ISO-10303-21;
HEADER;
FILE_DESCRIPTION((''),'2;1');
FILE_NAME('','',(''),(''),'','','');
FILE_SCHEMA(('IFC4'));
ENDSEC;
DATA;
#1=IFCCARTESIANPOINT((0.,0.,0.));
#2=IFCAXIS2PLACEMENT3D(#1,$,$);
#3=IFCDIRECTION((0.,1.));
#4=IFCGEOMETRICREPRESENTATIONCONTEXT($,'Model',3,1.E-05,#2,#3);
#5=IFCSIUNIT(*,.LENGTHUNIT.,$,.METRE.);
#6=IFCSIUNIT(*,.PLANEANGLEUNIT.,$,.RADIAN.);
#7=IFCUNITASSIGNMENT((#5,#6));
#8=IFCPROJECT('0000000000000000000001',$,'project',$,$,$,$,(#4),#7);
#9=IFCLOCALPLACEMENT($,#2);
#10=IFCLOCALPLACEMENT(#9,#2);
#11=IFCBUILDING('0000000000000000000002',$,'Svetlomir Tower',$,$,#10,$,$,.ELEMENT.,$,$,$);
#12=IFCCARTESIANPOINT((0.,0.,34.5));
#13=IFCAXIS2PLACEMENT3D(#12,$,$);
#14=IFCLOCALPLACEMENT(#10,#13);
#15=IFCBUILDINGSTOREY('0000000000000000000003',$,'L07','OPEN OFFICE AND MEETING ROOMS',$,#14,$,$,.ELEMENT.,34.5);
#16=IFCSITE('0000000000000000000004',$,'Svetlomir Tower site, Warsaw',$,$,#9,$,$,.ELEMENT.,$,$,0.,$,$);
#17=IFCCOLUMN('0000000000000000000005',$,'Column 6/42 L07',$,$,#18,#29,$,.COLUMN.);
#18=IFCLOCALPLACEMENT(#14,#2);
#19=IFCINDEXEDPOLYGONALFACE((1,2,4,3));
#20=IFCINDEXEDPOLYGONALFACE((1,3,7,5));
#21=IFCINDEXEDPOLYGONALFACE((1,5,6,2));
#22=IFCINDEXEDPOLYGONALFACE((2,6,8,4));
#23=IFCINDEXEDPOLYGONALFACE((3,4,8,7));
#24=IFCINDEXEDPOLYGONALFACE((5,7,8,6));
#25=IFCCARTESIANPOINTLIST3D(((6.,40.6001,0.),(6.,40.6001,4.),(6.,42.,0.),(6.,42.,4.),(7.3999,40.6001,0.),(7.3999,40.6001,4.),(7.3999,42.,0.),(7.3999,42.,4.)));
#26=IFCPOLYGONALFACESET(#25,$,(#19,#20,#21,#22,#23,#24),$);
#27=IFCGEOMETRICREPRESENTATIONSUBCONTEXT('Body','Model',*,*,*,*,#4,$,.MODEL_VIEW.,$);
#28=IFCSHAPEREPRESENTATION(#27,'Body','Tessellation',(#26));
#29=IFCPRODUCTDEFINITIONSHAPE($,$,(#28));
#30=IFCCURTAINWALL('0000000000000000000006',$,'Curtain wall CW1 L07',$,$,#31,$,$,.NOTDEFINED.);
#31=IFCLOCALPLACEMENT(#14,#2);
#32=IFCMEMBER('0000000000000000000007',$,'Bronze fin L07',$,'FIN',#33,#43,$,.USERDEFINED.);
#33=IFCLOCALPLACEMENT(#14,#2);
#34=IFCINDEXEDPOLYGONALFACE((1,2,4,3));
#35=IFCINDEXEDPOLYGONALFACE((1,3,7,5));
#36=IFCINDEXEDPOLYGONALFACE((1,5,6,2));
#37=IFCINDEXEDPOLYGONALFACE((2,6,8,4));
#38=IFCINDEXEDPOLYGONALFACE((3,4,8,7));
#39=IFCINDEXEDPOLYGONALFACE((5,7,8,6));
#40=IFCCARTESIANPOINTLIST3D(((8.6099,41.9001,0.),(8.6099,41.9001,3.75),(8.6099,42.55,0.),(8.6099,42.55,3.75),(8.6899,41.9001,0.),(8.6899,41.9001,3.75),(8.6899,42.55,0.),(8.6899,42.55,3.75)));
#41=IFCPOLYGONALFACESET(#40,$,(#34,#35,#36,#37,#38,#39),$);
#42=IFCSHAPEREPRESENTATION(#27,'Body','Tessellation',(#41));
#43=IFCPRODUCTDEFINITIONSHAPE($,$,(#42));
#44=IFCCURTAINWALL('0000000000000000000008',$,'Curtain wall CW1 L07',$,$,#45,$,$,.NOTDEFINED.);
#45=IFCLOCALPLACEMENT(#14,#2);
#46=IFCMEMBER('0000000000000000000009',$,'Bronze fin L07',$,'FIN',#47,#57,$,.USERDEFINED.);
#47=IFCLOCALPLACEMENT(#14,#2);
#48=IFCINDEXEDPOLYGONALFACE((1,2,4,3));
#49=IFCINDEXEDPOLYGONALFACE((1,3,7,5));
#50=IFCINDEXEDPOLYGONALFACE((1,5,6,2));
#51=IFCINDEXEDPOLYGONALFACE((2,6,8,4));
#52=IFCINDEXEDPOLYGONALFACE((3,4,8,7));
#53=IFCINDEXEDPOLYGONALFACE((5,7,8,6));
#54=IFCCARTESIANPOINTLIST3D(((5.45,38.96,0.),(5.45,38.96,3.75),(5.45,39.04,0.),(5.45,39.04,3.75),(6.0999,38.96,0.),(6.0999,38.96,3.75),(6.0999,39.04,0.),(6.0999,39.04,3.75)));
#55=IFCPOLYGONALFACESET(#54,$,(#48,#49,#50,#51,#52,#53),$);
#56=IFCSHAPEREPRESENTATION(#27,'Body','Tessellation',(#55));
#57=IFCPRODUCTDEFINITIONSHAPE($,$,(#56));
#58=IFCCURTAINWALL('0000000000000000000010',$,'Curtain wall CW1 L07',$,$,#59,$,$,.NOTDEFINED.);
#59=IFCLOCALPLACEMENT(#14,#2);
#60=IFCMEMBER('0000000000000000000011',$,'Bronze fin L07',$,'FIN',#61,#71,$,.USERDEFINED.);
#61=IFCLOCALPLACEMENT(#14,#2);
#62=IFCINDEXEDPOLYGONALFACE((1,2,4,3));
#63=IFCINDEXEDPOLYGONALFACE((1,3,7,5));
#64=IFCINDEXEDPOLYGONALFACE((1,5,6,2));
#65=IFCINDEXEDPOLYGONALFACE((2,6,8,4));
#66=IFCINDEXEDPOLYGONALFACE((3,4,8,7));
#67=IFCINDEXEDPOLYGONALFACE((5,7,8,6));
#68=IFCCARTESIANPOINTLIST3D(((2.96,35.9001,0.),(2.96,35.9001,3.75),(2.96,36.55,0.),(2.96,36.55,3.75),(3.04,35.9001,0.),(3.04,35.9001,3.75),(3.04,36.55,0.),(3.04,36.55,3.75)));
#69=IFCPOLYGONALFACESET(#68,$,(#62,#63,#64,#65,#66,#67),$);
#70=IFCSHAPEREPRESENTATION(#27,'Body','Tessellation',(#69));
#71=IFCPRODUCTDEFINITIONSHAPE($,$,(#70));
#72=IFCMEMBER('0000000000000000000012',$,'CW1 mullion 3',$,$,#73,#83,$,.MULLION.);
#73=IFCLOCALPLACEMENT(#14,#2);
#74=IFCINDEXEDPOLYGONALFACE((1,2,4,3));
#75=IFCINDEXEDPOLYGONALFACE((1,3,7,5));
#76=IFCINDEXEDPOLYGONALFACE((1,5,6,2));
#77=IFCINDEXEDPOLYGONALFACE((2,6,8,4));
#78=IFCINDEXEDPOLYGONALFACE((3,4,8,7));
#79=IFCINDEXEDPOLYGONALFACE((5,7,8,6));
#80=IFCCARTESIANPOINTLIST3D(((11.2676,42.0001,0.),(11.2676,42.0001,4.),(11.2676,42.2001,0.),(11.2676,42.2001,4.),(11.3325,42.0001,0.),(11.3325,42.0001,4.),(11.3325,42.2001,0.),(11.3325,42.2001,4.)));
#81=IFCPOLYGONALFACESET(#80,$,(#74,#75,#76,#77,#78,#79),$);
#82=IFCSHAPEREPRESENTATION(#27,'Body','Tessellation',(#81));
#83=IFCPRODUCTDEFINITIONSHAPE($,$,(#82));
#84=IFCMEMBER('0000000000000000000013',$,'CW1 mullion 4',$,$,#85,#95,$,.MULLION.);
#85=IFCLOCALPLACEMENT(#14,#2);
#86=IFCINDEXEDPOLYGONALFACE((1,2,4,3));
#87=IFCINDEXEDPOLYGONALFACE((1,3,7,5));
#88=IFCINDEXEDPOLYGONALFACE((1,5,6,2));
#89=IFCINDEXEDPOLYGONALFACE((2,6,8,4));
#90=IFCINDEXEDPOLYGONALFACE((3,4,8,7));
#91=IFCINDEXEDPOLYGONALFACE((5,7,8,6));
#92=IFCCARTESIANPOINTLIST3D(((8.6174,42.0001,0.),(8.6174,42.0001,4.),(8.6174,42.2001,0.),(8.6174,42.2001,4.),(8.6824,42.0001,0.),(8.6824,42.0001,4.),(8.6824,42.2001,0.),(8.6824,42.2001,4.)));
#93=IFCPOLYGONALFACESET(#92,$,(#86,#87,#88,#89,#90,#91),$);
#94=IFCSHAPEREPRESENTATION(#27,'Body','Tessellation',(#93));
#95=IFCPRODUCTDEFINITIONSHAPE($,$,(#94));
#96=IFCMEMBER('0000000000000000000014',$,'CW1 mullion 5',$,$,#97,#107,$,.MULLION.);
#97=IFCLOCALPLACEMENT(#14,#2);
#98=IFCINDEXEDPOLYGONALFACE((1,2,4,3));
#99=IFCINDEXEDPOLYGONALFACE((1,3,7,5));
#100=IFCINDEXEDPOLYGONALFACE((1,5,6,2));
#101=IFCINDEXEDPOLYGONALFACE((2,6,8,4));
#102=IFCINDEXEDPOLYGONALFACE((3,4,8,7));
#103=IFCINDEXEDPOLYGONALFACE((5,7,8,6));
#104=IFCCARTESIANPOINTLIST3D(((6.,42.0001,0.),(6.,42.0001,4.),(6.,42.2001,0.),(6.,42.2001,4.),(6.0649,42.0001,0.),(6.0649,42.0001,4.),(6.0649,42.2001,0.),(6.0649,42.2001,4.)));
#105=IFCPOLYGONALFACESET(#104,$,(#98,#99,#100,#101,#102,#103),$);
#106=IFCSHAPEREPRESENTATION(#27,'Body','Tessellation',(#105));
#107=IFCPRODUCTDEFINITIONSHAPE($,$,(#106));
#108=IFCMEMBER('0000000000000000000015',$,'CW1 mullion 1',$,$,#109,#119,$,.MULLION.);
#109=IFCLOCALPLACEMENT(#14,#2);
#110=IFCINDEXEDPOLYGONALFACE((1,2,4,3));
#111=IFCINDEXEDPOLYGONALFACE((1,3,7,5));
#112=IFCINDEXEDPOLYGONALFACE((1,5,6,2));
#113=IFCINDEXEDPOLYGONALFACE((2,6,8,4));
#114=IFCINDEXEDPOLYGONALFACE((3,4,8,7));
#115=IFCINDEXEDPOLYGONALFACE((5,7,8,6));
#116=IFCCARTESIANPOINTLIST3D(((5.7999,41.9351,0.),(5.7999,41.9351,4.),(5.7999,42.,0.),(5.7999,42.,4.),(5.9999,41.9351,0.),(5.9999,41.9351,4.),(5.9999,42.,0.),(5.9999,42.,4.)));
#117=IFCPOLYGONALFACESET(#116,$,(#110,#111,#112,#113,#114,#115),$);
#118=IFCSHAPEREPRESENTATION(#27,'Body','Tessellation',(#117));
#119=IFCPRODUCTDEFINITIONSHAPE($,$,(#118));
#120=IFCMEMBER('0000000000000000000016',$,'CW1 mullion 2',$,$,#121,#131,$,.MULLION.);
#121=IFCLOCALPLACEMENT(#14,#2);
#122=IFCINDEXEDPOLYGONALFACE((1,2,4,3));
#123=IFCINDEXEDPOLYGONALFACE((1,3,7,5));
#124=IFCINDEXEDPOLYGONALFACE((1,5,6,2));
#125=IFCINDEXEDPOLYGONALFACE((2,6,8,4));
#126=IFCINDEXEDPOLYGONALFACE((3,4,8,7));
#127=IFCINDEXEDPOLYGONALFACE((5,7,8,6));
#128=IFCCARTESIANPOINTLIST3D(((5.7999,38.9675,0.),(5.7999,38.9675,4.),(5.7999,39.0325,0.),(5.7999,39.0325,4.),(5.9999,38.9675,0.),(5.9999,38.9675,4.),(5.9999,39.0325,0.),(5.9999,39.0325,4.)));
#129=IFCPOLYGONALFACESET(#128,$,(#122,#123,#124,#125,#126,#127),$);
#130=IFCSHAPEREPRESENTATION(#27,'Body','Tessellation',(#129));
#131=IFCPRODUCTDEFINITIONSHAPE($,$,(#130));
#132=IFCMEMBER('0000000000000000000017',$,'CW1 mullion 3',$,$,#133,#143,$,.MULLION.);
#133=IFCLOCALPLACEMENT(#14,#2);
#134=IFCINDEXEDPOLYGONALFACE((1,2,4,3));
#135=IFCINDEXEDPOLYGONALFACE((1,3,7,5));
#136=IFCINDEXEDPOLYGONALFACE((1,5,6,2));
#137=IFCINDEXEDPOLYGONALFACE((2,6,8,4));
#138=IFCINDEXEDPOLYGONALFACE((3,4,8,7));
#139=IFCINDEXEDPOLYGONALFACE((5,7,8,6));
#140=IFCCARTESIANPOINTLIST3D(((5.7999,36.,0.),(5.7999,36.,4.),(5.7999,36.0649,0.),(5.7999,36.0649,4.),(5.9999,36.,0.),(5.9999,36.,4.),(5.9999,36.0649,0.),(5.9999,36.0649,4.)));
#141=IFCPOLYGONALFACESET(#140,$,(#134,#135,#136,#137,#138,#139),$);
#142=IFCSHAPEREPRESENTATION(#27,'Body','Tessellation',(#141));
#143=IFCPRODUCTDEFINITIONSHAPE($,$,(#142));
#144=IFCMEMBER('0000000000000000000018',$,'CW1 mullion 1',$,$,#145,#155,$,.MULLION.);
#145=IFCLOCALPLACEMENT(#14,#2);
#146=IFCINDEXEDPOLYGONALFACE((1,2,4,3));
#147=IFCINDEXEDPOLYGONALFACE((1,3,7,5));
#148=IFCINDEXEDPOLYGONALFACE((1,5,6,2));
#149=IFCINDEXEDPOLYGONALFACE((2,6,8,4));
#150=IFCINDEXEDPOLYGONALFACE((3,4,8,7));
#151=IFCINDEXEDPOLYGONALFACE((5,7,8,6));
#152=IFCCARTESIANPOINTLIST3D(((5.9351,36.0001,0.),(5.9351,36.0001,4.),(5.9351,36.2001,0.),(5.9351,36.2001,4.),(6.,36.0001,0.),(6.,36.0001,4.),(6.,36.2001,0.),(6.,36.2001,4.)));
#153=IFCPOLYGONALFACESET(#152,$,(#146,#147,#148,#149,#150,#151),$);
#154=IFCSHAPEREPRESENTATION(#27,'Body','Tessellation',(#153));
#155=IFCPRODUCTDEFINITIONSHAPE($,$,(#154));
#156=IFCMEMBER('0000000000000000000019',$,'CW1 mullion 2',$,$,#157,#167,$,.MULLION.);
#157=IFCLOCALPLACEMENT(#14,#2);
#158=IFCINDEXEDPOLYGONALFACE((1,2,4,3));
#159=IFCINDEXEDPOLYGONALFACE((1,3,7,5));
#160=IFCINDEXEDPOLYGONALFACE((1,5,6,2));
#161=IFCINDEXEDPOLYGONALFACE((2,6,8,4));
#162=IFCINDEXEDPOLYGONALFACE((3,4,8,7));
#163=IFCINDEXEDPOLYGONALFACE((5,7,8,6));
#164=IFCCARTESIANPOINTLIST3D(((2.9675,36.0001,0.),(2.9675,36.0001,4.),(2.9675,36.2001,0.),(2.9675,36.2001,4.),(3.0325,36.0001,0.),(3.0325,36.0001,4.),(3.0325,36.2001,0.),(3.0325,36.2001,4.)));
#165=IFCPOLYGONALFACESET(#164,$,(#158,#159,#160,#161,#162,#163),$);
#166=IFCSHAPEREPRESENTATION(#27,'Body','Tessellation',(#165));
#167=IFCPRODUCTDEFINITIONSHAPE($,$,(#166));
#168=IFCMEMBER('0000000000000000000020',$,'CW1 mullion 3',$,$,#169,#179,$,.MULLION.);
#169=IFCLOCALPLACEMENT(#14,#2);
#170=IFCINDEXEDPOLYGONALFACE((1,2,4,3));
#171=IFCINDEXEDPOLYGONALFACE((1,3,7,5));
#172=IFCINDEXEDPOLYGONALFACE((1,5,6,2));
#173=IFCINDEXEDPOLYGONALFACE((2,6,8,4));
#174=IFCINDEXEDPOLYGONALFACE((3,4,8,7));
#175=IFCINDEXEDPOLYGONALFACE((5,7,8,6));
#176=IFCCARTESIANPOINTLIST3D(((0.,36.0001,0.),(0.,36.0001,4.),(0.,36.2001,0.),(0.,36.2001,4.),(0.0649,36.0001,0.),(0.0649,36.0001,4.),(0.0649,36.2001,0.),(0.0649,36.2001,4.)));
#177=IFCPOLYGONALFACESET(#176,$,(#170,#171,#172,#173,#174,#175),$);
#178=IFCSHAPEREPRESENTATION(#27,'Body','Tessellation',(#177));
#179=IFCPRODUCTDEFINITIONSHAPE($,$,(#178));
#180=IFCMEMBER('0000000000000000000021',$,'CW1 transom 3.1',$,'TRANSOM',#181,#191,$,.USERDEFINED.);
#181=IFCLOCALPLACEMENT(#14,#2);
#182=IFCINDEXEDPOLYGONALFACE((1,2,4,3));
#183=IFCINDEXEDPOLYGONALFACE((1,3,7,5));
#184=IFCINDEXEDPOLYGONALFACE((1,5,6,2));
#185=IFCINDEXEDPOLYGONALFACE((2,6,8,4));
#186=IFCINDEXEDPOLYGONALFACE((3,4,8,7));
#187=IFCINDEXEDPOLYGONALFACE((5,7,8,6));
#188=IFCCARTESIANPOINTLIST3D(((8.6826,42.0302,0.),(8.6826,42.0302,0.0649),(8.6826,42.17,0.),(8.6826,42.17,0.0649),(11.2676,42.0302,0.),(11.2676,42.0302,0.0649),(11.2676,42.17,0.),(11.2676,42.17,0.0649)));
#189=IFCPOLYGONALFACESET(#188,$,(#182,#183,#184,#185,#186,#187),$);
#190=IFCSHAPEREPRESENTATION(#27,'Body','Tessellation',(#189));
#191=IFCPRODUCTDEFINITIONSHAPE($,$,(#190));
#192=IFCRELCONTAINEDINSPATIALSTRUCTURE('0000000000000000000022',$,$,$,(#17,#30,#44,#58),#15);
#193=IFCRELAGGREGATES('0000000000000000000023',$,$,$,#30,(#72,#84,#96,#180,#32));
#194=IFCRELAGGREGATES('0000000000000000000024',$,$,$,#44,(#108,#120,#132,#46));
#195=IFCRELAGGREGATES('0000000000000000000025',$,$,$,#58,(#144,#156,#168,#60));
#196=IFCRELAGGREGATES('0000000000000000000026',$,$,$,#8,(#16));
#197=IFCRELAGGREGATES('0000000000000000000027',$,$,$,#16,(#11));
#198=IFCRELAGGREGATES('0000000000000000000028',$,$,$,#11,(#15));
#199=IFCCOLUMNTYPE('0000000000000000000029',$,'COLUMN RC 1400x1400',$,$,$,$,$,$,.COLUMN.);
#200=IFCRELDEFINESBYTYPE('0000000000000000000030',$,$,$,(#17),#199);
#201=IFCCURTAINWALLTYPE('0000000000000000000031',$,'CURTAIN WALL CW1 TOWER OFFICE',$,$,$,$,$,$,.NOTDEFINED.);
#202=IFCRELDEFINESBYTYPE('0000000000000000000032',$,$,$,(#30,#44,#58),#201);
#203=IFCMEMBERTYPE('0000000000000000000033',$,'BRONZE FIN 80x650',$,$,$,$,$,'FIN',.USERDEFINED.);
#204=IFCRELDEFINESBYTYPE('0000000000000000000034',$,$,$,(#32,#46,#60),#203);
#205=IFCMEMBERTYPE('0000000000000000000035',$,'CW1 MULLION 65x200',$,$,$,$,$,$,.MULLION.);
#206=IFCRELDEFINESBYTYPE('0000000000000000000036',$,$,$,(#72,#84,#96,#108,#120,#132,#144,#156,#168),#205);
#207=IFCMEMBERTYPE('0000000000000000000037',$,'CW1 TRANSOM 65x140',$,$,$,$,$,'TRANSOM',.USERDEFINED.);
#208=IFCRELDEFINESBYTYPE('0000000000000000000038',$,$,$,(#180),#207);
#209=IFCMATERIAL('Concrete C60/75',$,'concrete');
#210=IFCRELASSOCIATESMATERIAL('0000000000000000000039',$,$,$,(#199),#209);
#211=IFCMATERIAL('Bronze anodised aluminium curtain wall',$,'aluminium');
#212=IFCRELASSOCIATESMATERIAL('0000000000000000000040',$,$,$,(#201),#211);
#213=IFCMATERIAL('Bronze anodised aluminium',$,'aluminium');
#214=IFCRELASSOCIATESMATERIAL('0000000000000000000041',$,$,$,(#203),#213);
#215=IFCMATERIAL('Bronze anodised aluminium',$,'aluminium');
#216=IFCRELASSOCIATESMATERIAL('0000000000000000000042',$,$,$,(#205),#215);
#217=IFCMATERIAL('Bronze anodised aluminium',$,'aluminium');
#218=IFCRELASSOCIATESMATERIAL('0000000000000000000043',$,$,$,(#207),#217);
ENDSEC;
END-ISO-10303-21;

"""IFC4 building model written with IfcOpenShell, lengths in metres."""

from ifc_helpers import new_model, si_unit, direction, frame, origin, origin_2d, place, context, subcontext, project, spatial, rectangle, extrude, material, material_profile, profile_set, type_object, element, aggregate, save


model = new_model("IFC4")

# Units and contexts
model_context = context("Model", 3, precision=1e-05, world=origin(), true_north=direction((0.0, 1.0)))
body_context = subcontext(model_context, "Body", "Model", "MODEL_VIEW")
ifc_project = project(units=[si_unit("LENGTHUNIT", "METRE"), si_unit("PLANEANGLEUNIT", "RADIAN")], contexts=[model_context])

# Site, building, storey
site_placement = place(None, origin())
site = spatial("IfcSite", under=ifc_project, at=site_placement, Name="Svetlomir Tower site, Warsaw", CompositionType="ELEMENT", RefElevation=0.0)
building_placement = place(site_placement, origin())
building = spatial("IfcBuilding", under=site, at=building_placement, Name="Svetlomir Tower", CompositionType="ELEMENT")
storey_placement = place(building_placement, frame((0.0, 0.0, 34.5)))
storey = spatial("IfcBuildingStorey", under=building, at=storey_placement, Name="L07", Description="OPEN OFFICE AND MEETING ROOMS", CompositionType="ELEMENT", Elevation=34.5)

# Column
ifc_material_1 = material(Name="Concrete C60/75", Category="concrete")
ifc_material_profile_1 = material_profile(ifc_material_1, rectangle(XDim=1.3999, YDim=1.3999, at=origin_2d()), Name="RC 1400x1400")
ifc_profile_set_1 = profile_set([ifc_material_profile_1], Name="Concrete C60/75")
column_type = type_object("IfcColumnType", Name="COLUMN RC 1400x1400", PredefinedType="COLUMN", material=ifc_profile_set_1)
column_placement = place(storey_placement, frame((6.7, 41.3, 0.0), z_axis=(0.0, 0.0, 1.0), x_axis=(1.0, 0.0, 0.0)))
element("IfcColumn", 1, at=column_placement, inside=storey, type_object=column_type, Name="Column 6/42 L07", PredefinedType="COLUMN", context=body_context, shape_type="SweptSolid", body=[
    extrude(rectangle(XDim=1.3999, YDim=1.3999, at=origin_2d()), origin(), (0.0, 0.0, 1.0), 4.0),
])

# Curtain walls, members
ifc_material_2 = material(Name="Bronze anodised aluminium curtain wall", Category="aluminium")
curtain_wall_type = type_object("IfcCurtainWallType", Name="CURTAIN WALL CW1 TOWER OFFICE", PredefinedType="NOTDEFINED", material=ifc_material_2)
curtain_wall_1_placement = place(storey_placement, origin())
curtain_wall_1 = element("IfcCurtainWall", 2, at=curtain_wall_1_placement, inside=storey, type_object=curtain_wall_type, Name="Curtain wall CW1 L07", PredefinedType="NOTDEFINED")
ifc_material_3 = material(Name="Bronze anodised aluminium", Category="aluminium")
ifc_material_profile_2 = material_profile(ifc_material_3, rectangle(XDim=0.0801, YDim=0.6499, at=origin_2d()), Name="FIN 80x650")
ifc_profile_set_2 = profile_set([ifc_material_profile_2], Name="Bronze anodised aluminium 6063-T6")
member_type_1 = type_object("IfcMemberType", Name="BRONZE FIN 80x650", ElementType="FIN", PredefinedType="USERDEFINED", material=ifc_profile_set_2)
member_1_placement = place(storey_placement, frame((8.6499, 42.2251, 0.0), z_axis=(0.0, 0.0, 1.0), x_axis=(1.0, 0.0, 0.0)))
member_1 = element("IfcMember", 3, at=member_1_placement, type_object=member_type_1, Name="Bronze fin L07", ObjectType="FIN", PredefinedType="USERDEFINED", context=body_context, shape_type="SweptSolid", body=[
    extrude(rectangle(XDim=0.0801, YDim=0.6499, at=origin_2d()), origin(), (0.0, 0.0, 1.0), 3.75),
])
curtain_wall_2_placement = place(storey_placement, origin())
curtain_wall_2 = element("IfcCurtainWall", 4, at=curtain_wall_2_placement, inside=storey, type_object=curtain_wall_type, Name="Curtain wall CW1 L07", PredefinedType="NOTDEFINED")
member_2_placement = place(storey_placement, frame((5.7749, 39.0, 0.0), z_axis=(0.0, 0.0, 1.0), x_axis=(0.0, 1.0, 0.0)))
member_2 = element("IfcMember", 5, at=member_2_placement, type_object=member_type_1, Name="Bronze fin L07", ObjectType="FIN", PredefinedType="USERDEFINED", context=body_context, shape_type="SweptSolid", body=[
    extrude(rectangle(XDim=0.0801, YDim=0.6499, at=origin_2d()), origin(), (0.0, 0.0, 1.0), 3.75),
])
curtain_wall_3_placement = place(storey_placement, origin())
curtain_wall_3 = element("IfcCurtainWall", 6, at=curtain_wall_3_placement, inside=storey, type_object=curtain_wall_type, Name="Curtain wall CW1 L07", PredefinedType="NOTDEFINED")
member_3_placement = place(storey_placement, frame((3.0, 36.2251, 0.0), z_axis=(0.0, 0.0, 1.0), x_axis=(1.0, 0.0, 0.0)))
member_3 = element("IfcMember", 7, at=member_3_placement, type_object=member_type_1, Name="Bronze fin L07", ObjectType="FIN", PredefinedType="USERDEFINED", context=body_context, shape_type="SweptSolid", body=[
    extrude(rectangle(XDim=0.0801, YDim=0.6499, at=origin_2d()), origin(), (0.0, 0.0, 1.0), 3.75),
])

# Members
ifc_material_4 = material(Name="Bronze anodised aluminium", Category="aluminium")
ifc_material_profile_3 = material_profile(ifc_material_4, rectangle(XDim=0.0649, YDim=0.2, at=origin_2d()), Name="AL 65x200")
ifc_profile_set_3 = profile_set([ifc_material_profile_3], Name="Bronze anodised aluminium 6063-T6")
member_type_2 = type_object("IfcMemberType", Name="CW1 MULLION 65x200", PredefinedType="MULLION", material=ifc_profile_set_3)
member_4_placement = place(storey_placement, frame((11.3, 42.1001, 0.0), z_axis=(0.0, 0.0, 1.0), x_axis=(-1.0, 0.0, 0.0)))
member_4 = element("IfcMember", 8, at=member_4_placement, type_object=member_type_2, Name="CW1 mullion 3", PredefinedType="MULLION", context=body_context, shape_type="SweptSolid", body=[
    extrude(rectangle(XDim=0.0649, YDim=0.2, at=origin_2d()), origin(), (0.0, 0.0, 1.0), 4.0),
])
member_5_placement = place(storey_placement, frame((8.6499, 42.1001, 0.0), z_axis=(0.0, 0.0, 1.0), x_axis=(-1.0, 0.0, 0.0)))
member_5 = element("IfcMember", 9, at=member_5_placement, type_object=member_type_2, Name="CW1 mullion 4", PredefinedType="MULLION", context=body_context, shape_type="SweptSolid", body=[
    extrude(rectangle(XDim=0.0649, YDim=0.2, at=origin_2d()), origin(), (0.0, 0.0, 1.0), 4.0),
])
member_6_placement = place(storey_placement, frame((6.0325, 42.1001, 0.0), z_axis=(0.0, 0.0, 1.0), x_axis=(-1.0, 0.0, 0.0)))
member_6 = element("IfcMember", 10, at=member_6_placement, type_object=member_type_2, Name="CW1 mullion 5", PredefinedType="MULLION", context=body_context, shape_type="SweptSolid", body=[
    extrude(rectangle(XDim=0.0649, YDim=0.2, at=origin_2d()), origin(), (0.0, 0.0, 1.0), 4.0),
])
member_7_placement = place(storey_placement, frame((5.8999, 41.9675, 0.0), z_axis=(0.0, 0.0, 1.0), x_axis=(0.0, -1.0, 0.0)))
member_7 = element("IfcMember", 11, at=member_7_placement, type_object=member_type_2, Name="CW1 mullion 1", PredefinedType="MULLION", context=body_context, shape_type="SweptSolid", body=[
    extrude(rectangle(XDim=0.0649, YDim=0.2, at=origin_2d()), origin(), (0.0, 0.0, 1.0), 4.0),
])
member_8_placement = place(storey_placement, frame((5.8999, 39.0, 0.0), z_axis=(0.0, 0.0, 1.0), x_axis=(0.0, -1.0, 0.0)))
member_8 = element("IfcMember", 12, at=member_8_placement, type_object=member_type_2, Name="CW1 mullion 2", PredefinedType="MULLION", context=body_context, shape_type="SweptSolid", body=[
    extrude(rectangle(XDim=0.0649, YDim=0.2, at=origin_2d()), origin(), (0.0, 0.0, 1.0), 4.0),
])
member_9_placement = place(storey_placement, frame((5.8999, 36.0325, 0.0), z_axis=(0.0, 0.0, 1.0), x_axis=(0.0, -1.0, 0.0)))
member_9 = element("IfcMember", 13, at=member_9_placement, type_object=member_type_2, Name="CW1 mullion 3", PredefinedType="MULLION", context=body_context, shape_type="SweptSolid", body=[
    extrude(rectangle(XDim=0.0649, YDim=0.2, at=origin_2d()), origin(), (0.0, 0.0, 1.0), 4.0),
])
member_10_placement = place(storey_placement, frame((5.9675, 36.1001, 0.0), z_axis=(0.0, 0.0, 1.0), x_axis=(-1.0, 0.0, 0.0)))
member_10 = element("IfcMember", 14, at=member_10_placement, type_object=member_type_2, Name="CW1 mullion 1", PredefinedType="MULLION", context=body_context, shape_type="SweptSolid", body=[
    extrude(rectangle(XDim=0.0649, YDim=0.2, at=origin_2d()), origin(), (0.0, 0.0, 1.0), 4.0),
])
member_11_placement = place(storey_placement, frame((3.0, 36.1001, 0.0), z_axis=(0.0, 0.0, 1.0), x_axis=(-1.0, 0.0, 0.0)))
member_11 = element("IfcMember", 15, at=member_11_placement, type_object=member_type_2, Name="CW1 mullion 2", PredefinedType="MULLION", context=body_context, shape_type="SweptSolid", body=[
    extrude(rectangle(XDim=0.0649, YDim=0.2, at=origin_2d()), origin(), (0.0, 0.0, 1.0), 4.0),
])
member_12_placement = place(storey_placement, frame((0.0325, 36.1001, 0.0), z_axis=(0.0, 0.0, 1.0), x_axis=(-1.0, 0.0, 0.0)))
member_12 = element("IfcMember", 16, at=member_12_placement, type_object=member_type_2, Name="CW1 mullion 3", PredefinedType="MULLION", context=body_context, shape_type="SweptSolid", body=[
    extrude(rectangle(XDim=0.0649, YDim=0.2, at=origin_2d()), origin(), (0.0, 0.0, 1.0), 4.0),
])
ifc_material_5 = material(Name="Bronze anodised aluminium", Category="aluminium")
ifc_material_profile_4 = material_profile(ifc_material_5, rectangle(XDim=0.1399, YDim=0.0649, at=origin_2d()), Name="AL 140x65")
ifc_profile_set_4 = profile_set([ifc_material_profile_4], Name="Bronze anodised aluminium 6063-T6")
member_type_3 = type_object("IfcMemberType", Name="CW1 TRANSOM 65x140", ElementType="TRANSOM", PredefinedType="USERDEFINED", material=ifc_profile_set_4)
member_13_placement = place(storey_placement, frame((11.2676, 42.1001, 0.0325), z_axis=(-1.0, 0.0, 0.0), x_axis=(0.0, -1.0, 0.0)))
member_13 = element("IfcMember", 17, at=member_13_placement, type_object=member_type_3, Name="CW1 transom 3.1", ObjectType="TRANSOM", PredefinedType="USERDEFINED", context=body_context, shape_type="SweptSolid", body=[
    extrude(rectangle(XDim=0.1399, YDim=0.0649, at=origin_2d()), origin(), (0.0, 0.0, 1.0), 2.585),
])

aggregate(curtain_wall_1, [member_4, member_5, member_6, member_13, member_1])
aggregate(curtain_wall_2, [member_7, member_8, member_9, member_2])
aggregate(curtain_wall_3, [member_10, member_11, member_12, member_3])

save(model, "model.ifc")
